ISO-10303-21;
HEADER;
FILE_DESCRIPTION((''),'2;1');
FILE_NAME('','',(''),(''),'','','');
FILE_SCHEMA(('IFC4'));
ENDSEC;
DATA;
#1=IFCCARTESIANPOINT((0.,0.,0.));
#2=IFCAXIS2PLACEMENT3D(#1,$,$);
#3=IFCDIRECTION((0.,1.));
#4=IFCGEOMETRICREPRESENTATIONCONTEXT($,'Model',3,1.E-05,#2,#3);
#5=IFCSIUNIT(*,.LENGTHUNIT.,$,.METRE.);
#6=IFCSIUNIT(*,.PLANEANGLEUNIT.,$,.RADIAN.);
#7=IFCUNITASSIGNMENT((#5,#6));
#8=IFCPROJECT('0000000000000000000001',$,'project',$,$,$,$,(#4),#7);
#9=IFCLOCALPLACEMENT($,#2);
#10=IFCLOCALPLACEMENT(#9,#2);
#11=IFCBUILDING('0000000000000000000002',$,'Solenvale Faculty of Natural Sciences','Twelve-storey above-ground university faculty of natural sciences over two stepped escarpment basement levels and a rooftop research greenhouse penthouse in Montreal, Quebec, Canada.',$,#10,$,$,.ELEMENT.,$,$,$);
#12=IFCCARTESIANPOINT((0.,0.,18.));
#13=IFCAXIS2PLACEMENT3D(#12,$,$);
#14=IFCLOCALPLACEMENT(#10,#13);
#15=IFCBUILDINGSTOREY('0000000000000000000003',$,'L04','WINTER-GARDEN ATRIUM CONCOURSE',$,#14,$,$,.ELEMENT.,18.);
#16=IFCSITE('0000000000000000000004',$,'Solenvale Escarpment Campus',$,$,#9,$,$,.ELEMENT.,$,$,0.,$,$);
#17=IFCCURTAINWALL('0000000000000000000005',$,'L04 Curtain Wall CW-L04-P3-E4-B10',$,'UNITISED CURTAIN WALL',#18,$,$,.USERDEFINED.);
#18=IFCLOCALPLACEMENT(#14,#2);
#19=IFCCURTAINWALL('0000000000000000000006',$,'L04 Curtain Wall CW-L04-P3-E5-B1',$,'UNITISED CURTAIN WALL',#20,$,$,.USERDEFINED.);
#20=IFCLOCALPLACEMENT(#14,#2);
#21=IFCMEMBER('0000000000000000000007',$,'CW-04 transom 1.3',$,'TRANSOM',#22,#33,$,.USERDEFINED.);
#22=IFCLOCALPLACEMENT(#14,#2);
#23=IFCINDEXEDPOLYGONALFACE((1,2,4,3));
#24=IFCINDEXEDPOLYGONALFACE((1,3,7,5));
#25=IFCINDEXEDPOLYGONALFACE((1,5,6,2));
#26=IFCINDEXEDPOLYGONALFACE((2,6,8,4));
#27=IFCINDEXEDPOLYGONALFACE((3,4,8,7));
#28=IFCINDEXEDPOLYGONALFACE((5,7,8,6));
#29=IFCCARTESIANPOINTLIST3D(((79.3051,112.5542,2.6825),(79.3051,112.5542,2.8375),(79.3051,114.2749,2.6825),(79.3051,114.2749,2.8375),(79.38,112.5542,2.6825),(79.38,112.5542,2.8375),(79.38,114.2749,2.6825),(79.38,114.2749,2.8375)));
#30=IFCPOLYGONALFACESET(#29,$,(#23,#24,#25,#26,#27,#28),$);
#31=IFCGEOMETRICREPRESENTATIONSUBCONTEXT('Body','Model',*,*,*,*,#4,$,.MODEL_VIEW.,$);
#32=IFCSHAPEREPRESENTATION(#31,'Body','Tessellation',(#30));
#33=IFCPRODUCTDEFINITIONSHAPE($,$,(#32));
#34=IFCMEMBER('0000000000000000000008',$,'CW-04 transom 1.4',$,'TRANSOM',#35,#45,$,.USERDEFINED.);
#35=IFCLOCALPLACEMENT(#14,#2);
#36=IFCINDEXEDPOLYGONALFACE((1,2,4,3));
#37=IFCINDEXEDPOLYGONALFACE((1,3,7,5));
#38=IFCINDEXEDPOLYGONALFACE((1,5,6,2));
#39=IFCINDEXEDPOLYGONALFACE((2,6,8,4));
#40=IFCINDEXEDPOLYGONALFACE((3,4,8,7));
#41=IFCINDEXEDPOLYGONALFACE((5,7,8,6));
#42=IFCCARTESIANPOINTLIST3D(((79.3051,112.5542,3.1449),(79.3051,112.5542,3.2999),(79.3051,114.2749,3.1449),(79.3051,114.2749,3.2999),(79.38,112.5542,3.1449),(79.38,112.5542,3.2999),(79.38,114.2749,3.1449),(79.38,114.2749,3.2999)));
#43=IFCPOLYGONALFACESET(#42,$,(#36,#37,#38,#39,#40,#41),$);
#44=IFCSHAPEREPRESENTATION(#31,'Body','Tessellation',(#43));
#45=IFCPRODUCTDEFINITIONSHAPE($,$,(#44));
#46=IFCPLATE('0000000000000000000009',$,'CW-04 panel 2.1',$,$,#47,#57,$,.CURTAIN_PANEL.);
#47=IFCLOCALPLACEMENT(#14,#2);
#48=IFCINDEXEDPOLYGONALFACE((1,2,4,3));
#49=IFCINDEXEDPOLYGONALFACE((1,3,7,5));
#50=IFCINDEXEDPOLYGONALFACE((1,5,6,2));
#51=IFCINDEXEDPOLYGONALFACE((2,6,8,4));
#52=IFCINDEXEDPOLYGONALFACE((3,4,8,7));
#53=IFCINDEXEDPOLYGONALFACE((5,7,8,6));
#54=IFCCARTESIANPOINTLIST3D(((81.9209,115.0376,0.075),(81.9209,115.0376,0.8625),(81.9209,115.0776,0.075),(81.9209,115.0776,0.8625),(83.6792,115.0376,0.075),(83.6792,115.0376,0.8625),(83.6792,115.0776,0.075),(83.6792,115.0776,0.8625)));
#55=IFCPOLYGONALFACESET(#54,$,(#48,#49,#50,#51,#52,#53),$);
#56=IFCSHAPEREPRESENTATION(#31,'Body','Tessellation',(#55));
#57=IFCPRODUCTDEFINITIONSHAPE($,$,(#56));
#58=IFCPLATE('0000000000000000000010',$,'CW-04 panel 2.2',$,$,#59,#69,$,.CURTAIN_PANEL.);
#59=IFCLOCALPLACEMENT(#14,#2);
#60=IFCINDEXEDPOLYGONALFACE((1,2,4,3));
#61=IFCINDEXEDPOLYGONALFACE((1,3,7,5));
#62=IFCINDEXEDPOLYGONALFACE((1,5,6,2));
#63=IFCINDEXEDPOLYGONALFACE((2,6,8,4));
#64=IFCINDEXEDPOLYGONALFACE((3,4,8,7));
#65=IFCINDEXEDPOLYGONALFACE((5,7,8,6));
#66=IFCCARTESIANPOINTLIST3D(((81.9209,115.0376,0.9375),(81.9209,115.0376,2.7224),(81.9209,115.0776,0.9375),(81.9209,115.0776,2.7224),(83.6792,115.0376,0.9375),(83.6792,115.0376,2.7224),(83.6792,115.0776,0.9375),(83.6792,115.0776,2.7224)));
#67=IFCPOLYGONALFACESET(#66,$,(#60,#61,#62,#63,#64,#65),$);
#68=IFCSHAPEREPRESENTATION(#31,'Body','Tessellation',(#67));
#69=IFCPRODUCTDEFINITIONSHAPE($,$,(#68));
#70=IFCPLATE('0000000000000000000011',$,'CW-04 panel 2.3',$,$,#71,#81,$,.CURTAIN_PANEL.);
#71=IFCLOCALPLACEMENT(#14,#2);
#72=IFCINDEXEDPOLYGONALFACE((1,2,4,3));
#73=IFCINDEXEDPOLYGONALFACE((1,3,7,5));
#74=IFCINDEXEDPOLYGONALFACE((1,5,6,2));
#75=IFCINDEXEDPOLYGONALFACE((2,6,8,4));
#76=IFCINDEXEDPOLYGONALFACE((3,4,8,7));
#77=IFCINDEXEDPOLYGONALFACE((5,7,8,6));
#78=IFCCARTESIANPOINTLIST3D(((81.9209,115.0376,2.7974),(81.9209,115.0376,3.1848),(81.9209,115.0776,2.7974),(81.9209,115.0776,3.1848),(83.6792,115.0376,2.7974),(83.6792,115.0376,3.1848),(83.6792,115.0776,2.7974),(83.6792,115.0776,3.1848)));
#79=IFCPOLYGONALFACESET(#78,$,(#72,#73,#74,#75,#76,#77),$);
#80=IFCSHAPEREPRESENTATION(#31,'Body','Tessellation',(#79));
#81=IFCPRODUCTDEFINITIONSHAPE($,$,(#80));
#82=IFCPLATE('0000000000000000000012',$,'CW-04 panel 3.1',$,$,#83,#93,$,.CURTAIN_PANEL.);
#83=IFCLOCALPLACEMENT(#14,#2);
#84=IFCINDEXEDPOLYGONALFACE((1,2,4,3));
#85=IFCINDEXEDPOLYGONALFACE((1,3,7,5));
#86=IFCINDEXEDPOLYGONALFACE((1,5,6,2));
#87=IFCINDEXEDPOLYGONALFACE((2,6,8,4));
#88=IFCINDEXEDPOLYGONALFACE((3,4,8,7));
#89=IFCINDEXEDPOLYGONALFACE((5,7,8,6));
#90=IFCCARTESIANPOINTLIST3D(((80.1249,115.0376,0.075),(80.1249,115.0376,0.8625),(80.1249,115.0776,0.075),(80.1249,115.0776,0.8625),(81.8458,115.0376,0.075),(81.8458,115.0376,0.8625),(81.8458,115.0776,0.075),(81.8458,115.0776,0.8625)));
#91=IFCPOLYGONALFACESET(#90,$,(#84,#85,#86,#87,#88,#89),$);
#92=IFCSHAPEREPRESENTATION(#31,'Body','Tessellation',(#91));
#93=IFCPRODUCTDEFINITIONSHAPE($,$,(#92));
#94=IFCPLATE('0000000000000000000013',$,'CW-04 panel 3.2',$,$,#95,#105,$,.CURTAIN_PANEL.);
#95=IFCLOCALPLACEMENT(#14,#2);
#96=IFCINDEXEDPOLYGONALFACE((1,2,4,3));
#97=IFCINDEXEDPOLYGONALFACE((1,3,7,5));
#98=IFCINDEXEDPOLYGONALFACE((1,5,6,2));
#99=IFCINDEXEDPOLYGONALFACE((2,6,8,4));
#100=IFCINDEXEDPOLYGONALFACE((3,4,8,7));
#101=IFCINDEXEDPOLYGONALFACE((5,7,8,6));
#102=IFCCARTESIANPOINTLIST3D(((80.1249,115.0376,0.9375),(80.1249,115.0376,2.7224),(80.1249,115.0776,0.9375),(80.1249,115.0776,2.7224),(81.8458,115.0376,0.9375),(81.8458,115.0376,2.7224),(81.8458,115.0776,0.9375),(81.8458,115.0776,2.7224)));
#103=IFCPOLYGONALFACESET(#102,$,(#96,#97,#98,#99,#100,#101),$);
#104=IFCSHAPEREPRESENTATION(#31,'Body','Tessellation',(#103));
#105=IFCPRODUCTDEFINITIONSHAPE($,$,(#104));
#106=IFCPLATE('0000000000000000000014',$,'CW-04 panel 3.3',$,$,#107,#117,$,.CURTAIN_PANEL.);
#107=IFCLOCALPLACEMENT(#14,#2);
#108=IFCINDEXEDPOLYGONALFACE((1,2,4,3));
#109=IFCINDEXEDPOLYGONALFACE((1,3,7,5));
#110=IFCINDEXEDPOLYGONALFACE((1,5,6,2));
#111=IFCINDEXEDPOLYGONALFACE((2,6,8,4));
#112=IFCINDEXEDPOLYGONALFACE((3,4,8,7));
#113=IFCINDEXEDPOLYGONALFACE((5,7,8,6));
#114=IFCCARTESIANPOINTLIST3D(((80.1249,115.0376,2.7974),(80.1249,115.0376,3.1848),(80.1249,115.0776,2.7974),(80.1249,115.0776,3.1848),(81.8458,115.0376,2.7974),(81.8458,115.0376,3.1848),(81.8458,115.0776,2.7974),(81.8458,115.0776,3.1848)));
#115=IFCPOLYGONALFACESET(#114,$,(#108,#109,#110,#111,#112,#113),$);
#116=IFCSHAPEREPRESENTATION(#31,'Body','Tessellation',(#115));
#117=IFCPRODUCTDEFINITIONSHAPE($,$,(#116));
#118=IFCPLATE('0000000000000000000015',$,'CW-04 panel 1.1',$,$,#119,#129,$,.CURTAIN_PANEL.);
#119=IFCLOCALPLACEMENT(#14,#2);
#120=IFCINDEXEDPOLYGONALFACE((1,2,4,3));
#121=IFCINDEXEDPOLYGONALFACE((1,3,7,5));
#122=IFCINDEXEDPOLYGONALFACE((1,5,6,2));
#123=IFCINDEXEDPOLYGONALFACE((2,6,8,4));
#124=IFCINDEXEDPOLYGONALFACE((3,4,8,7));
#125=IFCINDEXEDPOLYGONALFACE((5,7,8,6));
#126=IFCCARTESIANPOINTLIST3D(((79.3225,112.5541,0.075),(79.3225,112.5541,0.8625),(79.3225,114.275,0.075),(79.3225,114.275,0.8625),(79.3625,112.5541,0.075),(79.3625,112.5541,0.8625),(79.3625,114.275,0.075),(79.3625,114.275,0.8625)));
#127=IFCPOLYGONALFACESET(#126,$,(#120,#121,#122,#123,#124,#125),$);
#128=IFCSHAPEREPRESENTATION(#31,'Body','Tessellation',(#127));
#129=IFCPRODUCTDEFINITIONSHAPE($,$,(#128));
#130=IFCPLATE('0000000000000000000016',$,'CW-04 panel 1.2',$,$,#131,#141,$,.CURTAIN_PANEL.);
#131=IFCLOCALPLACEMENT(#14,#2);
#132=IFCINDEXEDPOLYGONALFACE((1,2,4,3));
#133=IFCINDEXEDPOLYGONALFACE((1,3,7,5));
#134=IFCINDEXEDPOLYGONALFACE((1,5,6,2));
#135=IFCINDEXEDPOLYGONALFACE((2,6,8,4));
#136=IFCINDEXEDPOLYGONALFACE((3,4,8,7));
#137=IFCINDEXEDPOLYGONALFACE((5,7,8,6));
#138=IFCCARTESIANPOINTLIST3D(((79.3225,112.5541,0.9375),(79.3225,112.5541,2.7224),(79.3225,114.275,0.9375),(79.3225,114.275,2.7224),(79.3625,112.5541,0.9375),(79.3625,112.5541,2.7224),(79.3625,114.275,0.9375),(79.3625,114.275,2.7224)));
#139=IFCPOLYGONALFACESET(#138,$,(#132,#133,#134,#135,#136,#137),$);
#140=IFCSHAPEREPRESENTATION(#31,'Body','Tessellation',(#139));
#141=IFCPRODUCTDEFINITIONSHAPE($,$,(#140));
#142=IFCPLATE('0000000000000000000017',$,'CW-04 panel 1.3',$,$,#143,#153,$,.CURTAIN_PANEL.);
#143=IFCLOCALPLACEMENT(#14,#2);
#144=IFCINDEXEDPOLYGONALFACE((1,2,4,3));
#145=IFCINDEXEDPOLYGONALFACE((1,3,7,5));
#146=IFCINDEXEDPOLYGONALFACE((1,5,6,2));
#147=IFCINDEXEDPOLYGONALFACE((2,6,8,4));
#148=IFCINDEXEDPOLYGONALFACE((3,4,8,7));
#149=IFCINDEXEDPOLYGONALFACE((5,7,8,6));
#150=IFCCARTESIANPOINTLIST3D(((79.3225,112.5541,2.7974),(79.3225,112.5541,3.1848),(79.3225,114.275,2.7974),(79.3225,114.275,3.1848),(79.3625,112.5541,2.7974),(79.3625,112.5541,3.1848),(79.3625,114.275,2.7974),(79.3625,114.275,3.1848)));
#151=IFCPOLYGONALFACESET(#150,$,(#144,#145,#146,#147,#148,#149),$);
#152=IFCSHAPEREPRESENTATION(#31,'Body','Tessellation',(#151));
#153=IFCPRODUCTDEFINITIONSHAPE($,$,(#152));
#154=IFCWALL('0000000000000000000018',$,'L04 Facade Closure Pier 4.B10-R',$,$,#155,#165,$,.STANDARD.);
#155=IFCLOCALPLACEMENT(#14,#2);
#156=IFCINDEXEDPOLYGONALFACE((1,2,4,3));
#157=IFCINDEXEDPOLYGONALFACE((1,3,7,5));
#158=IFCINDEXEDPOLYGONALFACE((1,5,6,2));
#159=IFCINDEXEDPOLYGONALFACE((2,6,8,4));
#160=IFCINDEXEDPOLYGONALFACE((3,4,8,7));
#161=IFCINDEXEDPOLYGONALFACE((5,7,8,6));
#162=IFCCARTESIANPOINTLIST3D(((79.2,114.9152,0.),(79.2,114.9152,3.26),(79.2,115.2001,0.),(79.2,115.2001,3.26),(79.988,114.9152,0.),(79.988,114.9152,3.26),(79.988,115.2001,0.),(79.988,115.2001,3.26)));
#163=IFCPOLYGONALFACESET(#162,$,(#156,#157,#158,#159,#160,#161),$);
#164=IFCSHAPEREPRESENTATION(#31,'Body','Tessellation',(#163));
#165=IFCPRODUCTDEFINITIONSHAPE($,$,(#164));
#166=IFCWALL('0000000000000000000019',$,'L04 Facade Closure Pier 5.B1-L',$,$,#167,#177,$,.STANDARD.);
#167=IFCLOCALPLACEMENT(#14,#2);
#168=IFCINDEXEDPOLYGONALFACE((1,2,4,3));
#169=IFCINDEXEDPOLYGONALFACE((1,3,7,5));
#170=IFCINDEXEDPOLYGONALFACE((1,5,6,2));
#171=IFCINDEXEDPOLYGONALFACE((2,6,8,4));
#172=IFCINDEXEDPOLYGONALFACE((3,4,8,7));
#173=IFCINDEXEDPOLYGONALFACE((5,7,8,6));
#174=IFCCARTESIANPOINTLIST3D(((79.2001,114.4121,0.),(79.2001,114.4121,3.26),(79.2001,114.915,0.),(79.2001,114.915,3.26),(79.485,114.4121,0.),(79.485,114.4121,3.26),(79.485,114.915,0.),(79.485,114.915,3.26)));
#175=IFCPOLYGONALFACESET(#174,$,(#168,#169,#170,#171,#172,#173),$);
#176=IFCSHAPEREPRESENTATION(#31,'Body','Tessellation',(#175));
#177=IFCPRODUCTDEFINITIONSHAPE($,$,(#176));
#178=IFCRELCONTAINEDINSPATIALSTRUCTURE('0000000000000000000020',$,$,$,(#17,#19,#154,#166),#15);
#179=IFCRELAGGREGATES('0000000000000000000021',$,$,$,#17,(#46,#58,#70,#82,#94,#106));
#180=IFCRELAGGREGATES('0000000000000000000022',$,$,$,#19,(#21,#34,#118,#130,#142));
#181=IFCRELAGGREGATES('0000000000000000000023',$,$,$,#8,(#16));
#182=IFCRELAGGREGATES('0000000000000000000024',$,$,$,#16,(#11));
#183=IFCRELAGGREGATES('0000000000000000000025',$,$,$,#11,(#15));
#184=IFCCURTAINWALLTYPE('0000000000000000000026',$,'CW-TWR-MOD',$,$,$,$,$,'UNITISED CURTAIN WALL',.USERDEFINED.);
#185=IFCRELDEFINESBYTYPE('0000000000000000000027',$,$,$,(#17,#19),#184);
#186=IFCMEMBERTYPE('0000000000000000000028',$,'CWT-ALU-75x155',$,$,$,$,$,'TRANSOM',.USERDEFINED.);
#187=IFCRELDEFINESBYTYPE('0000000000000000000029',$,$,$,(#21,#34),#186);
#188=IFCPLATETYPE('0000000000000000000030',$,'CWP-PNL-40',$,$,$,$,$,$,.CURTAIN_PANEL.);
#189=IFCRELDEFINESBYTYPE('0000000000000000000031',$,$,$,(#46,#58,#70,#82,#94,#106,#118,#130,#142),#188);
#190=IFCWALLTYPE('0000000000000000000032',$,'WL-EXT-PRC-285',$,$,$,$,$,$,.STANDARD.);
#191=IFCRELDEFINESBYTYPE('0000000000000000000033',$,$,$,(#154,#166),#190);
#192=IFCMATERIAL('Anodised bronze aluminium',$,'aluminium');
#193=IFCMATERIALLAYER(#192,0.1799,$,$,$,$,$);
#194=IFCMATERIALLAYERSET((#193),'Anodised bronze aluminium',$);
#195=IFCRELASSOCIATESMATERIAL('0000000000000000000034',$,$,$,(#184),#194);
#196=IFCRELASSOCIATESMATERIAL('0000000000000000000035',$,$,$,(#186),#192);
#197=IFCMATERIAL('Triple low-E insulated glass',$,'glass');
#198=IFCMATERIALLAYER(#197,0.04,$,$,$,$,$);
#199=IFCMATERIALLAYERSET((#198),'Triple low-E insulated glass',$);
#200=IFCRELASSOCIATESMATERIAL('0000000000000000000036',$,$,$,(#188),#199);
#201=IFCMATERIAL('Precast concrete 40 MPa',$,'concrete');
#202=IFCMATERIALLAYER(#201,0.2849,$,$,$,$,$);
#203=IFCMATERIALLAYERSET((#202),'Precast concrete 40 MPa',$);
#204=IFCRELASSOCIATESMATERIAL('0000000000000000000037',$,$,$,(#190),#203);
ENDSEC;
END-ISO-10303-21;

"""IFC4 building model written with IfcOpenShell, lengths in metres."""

from ifc_helpers import new_model, si_unit, direction, frame, frame_2d, origin, origin_2d, place, context, subcontext, project, spatial, rectangle, extrude, material, layer, layer_set, material_profile, profile_set, type_object, element, aggregate, save


model = new_model("IFC4")

# Units and contexts
model_context = context("Model", 3, precision=1e-05, world=origin(), true_north=direction((0.0, 1.0)))
body_context = subcontext(model_context, "Body", "Model", "MODEL_VIEW")
ifc_project = project(units=[si_unit("LENGTHUNIT", "METRE"), si_unit("PLANEANGLEUNIT", "RADIAN")], contexts=[model_context])

# Site, building, storey
site_placement = place(None, origin())
site = spatial("IfcSite", under=ifc_project, at=site_placement, Name="Solenvale Escarpment Campus", CompositionType="ELEMENT", RefElevation=0.0)
building_placement = place(site_placement, origin())
building = spatial("IfcBuilding", under=site, at=building_placement, Name="Solenvale Faculty of Natural Sciences", Description="Twelve-storey above-ground university faculty of natural sciences over two stepped escarpment basement levels and a rooftop research greenhouse penthouse in Montreal, Quebec, Canada.", CompositionType="ELEMENT")
storey_placement = place(building_placement, frame((0.0, 0.0, 18.0)))
storey = spatial("IfcBuildingStorey", under=building, at=storey_placement, Name="L04", Description="WINTER-GARDEN ATRIUM CONCOURSE", CompositionType="ELEMENT", Elevation=18.0)

# Shared definitions
ifc_material_1 = material(Name="Precast concrete 40 MPa", Category="concrete")

# Curtain wall
ifc_material_2 = material(Name="Anodised bronze aluminium", Category="aluminium")
ifc_layer_1 = layer(ifc_material_2, 0.1799)
ifc_layer_set_1 = layer_set([ifc_layer_1], Name="Anodised bronze aluminium")
curtain_wall_type = type_object("IfcCurtainWallType", Name="CW-TWR-MOD", ElementType="UNITISED CURTAIN WALL", PredefinedType="USERDEFINED", material=ifc_layer_set_1)
curtain_wall_1_placement = place(storey_placement, origin())
curtain_wall_1 = element("IfcCurtainWall", 1, at=curtain_wall_1_placement, inside=storey, type_object=curtain_wall_type, Name="L04 Curtain Wall CW-L04-P3-E4-B10", ObjectType="UNITISED CURTAIN WALL", PredefinedType="USERDEFINED")

# Curtain wall
curtain_wall_2_placement = place(storey_placement, origin())
curtain_wall_2 = element("IfcCurtainWall", 2, at=curtain_wall_2_placement, inside=storey, type_object=curtain_wall_type, Name="L04 Curtain Wall CW-L04-P3-E5-B1", ObjectType="UNITISED CURTAIN WALL", PredefinedType="USERDEFINED")

# Members
ifc_material_profile_1 = material_profile(ifc_material_2, rectangle(XDim=0.075, YDim=0.155, at=origin_2d()), Name="ALU-TRN-75x155")
ifc_profile_set_1 = profile_set([ifc_material_profile_1], Name="Anodised bronze aluminium")
member_type_1 = type_object("IfcMemberType", Name="CWT-ALU-75x155", ElementType="TRANSOM", PredefinedType="USERDEFINED", material=ifc_profile_set_1)
member_1_placement = place(storey_placement, frame((79.3425, 114.2749, 2.76), z_axis=(0.0, -1.0, 0.0), x_axis=(1.0, 0.0, 0.0)))
member_1 = element("IfcMember", 3, at=member_1_placement, type_object=member_type_1, Name="CW-04 transom 1.3", ObjectType="TRANSOM", PredefinedType="USERDEFINED", context=body_context, shape_type="SweptSolid", body=[
    extrude(rectangle(XDim=0.075, YDim=0.155, at=origin_2d()), origin(), (0.0, 0.0, 1.0), 1.7207),
])
member_2_placement = place(storey_placement, frame((79.3425, 114.2749, 3.2224), z_axis=(0.0, -1.0, 0.0), x_axis=(1.0, 0.0, 0.0)))
member_2 = element("IfcMember", 4, at=member_2_placement, type_object=member_type_1, Name="CW-04 transom 1.4", ObjectType="TRANSOM", PredefinedType="USERDEFINED", context=body_context, shape_type="SweptSolid", body=[
    extrude(rectangle(XDim=0.075, YDim=0.155, at=origin_2d()), origin(), (0.0, 0.0, 1.0), 1.7207),
])

# Plates
ifc_material_3 = material(Name="Triple low-E insulated glass", Category="glass")
ifc_layer_2 = layer(ifc_material_3, 0.04)
ifc_layer_set_2 = layer_set([ifc_layer_2], Name="Triple low-E insulated glass")
plate_type = type_object("IfcPlateType", Name="CWP-PNL-40", PredefinedType="CURTAIN_PANEL", material=ifc_layer_set_2)
plate_1_placement = place(storey_placement, frame((82.8, 115.0576, 0.075), z_axis=(0.0, 0.0, 1.0), x_axis=(-1.0, 0.0, 0.0)))
plate_1 = element("IfcPlate", 5, at=plate_1_placement, type_object=plate_type, Name="CW-04 panel 2.1", PredefinedType="CURTAIN_PANEL", context=body_context, shape_type="SweptSolid", body=[
    extrude(rectangle(XDim=1.7583, YDim=0.04, at=origin_2d()), origin(), (0.0, 0.0, 1.0), 0.7876),
])
plate_2_placement = place(storey_placement, frame((82.8, 115.0576, 0.9375), z_axis=(0.0, 0.0, 1.0), x_axis=(-1.0, 0.0, 0.0)))
plate_2 = element("IfcPlate", 6, at=plate_2_placement, type_object=plate_type, Name="CW-04 panel 2.2", PredefinedType="CURTAIN_PANEL", context=body_context, shape_type="SweptSolid", body=[
    extrude(rectangle(XDim=1.7583, YDim=0.04, at=origin_2d()), origin(), (0.0, 0.0, 1.0), 1.7849),
])
plate_3_placement = place(storey_placement, frame((82.8, 115.0576, 2.7974), z_axis=(0.0, 0.0, 1.0), x_axis=(-1.0, 0.0, 0.0)))
plate_3 = element("IfcPlate", 7, at=plate_3_placement, type_object=plate_type, Name="CW-04 panel 2.3", PredefinedType="CURTAIN_PANEL", context=body_context, shape_type="SweptSolid", body=[
    extrude(rectangle(XDim=1.7583, YDim=0.04, at=origin_2d()), origin(), (0.0, 0.0, 1.0), 0.3875),
])
plate_4_placement = place(storey_placement, frame((80.9854, 115.0576, 0.075), z_axis=(0.0, 0.0, 1.0), x_axis=(-1.0, 0.0, 0.0)))
plate_4 = element("IfcPlate", 8, at=plate_4_placement, type_object=plate_type, Name="CW-04 panel 3.1", PredefinedType="CURTAIN_PANEL", context=body_context, shape_type="SweptSolid", body=[
    extrude(rectangle(XDim=1.7209, YDim=0.04, at=origin_2d()), origin(), (0.0, 0.0, 1.0), 0.7876),
])
plate_5_placement = place(storey_placement, frame((80.9854, 115.0576, 0.9375), z_axis=(0.0, 0.0, 1.0), x_axis=(-1.0, 0.0, 0.0)))
plate_5 = element("IfcPlate", 9, at=plate_5_placement, type_object=plate_type, Name="CW-04 panel 3.2", PredefinedType="CURTAIN_PANEL", context=body_context, shape_type="SweptSolid", body=[
    extrude(rectangle(XDim=1.7209, YDim=0.04, at=origin_2d()), origin(), (0.0, 0.0, 1.0), 1.7849),
])
plate_6_placement = place(storey_placement, frame((80.9854, 115.0576, 2.7974), z_axis=(0.0, 0.0, 1.0), x_axis=(-1.0, 0.0, 0.0)))
plate_6 = element("IfcPlate", 10, at=plate_6_placement, type_object=plate_type, Name="CW-04 panel 3.3", PredefinedType="CURTAIN_PANEL", context=body_context, shape_type="SweptSolid", body=[
    extrude(rectangle(XDim=1.7209, YDim=0.04, at=origin_2d()), origin(), (0.0, 0.0, 1.0), 0.3875),
])
aggregate(curtain_wall_1, [plate_1, plate_2, plate_3, plate_4, plate_5, plate_6])
plate_7_placement = place(storey_placement, frame((79.3425, 113.4146, 0.075), z_axis=(0.0, 0.0, 1.0), x_axis=(0.0, -1.0, 0.0)))
plate_7 = element("IfcPlate", 11, at=plate_7_placement, type_object=plate_type, Name="CW-04 panel 1.1", PredefinedType="CURTAIN_PANEL", context=body_context, shape_type="SweptSolid", body=[
    extrude(rectangle(XDim=1.7209, YDim=0.04, at=origin_2d()), origin(), (0.0, 0.0, 1.0), 0.7876),
])
plate_8_placement = place(storey_placement, frame((79.3425, 113.4146, 0.9375), z_axis=(0.0, 0.0, 1.0), x_axis=(0.0, -1.0, 0.0)))
plate_8 = element("IfcPlate", 12, at=plate_8_placement, type_object=plate_type, Name="CW-04 panel 1.2", PredefinedType="CURTAIN_PANEL", context=body_context, shape_type="SweptSolid", body=[
    extrude(rectangle(XDim=1.7209, YDim=0.04, at=origin_2d()), origin(), (0.0, 0.0, 1.0), 1.7849),
])
plate_9_placement = place(storey_placement, frame((79.3425, 113.4146, 2.7974), z_axis=(0.0, 0.0, 1.0), x_axis=(0.0, -1.0, 0.0)))
plate_9 = element("IfcPlate", 13, at=plate_9_placement, type_object=plate_type, Name="CW-04 panel 1.3", PredefinedType="CURTAIN_PANEL", context=body_context, shape_type="SweptSolid", body=[
    extrude(rectangle(XDim=1.7209, YDim=0.04, at=origin_2d()), origin(), (0.0, 0.0, 1.0), 0.3875),
])
aggregate(curtain_wall_2, [member_1, member_2, plate_7, plate_8, plate_9])

# Walls
ifc_layer_3 = layer(ifc_material_1, 0.2849)
ifc_layer_set_3 = layer_set([ifc_layer_3], Name="Precast concrete 40 MPa")
wall_type = type_object("IfcWallType", Name="WL-EXT-PRC-285", PredefinedType="STANDARD", material=ifc_layer_set_3)
wall_1_placement = place(storey_placement, frame((79.988, 115.0576, 0.0), z_axis=(0.0, 0.0, 1.0), x_axis=(-1.0, 0.0, 0.0)))
element("IfcWall", 14, at=wall_1_placement, inside=storey, type_object=wall_type, Name="L04 Facade Closure Pier 4.B10-R", PredefinedType="STANDARD", context=body_context, shape_type="SweptSolid", body=[
    extrude(rectangle(XDim=0.7881, YDim=0.2849, at=frame_2d((0.394, 0.0))), origin(), (0.0, 0.0, 1.0), 3.26),
])
wall_2_placement = place(storey_placement, frame((79.3425, 114.915, 0.0), z_axis=(0.0, 0.0, 1.0), x_axis=(0.0, -1.0, 0.0)))
element("IfcWall", 15, at=wall_2_placement, inside=storey, type_object=wall_type, Name="L04 Facade Closure Pier 5.B1-L", PredefinedType="STANDARD", context=body_context, shape_type="SweptSolid", body=[
    extrude(rectangle(XDim=0.5029, YDim=0.2849, at=frame_2d((0.2515, 0.0))), origin(), (0.0, 0.0, 1.0), 3.26),
])

save(model, "model.ifc")
